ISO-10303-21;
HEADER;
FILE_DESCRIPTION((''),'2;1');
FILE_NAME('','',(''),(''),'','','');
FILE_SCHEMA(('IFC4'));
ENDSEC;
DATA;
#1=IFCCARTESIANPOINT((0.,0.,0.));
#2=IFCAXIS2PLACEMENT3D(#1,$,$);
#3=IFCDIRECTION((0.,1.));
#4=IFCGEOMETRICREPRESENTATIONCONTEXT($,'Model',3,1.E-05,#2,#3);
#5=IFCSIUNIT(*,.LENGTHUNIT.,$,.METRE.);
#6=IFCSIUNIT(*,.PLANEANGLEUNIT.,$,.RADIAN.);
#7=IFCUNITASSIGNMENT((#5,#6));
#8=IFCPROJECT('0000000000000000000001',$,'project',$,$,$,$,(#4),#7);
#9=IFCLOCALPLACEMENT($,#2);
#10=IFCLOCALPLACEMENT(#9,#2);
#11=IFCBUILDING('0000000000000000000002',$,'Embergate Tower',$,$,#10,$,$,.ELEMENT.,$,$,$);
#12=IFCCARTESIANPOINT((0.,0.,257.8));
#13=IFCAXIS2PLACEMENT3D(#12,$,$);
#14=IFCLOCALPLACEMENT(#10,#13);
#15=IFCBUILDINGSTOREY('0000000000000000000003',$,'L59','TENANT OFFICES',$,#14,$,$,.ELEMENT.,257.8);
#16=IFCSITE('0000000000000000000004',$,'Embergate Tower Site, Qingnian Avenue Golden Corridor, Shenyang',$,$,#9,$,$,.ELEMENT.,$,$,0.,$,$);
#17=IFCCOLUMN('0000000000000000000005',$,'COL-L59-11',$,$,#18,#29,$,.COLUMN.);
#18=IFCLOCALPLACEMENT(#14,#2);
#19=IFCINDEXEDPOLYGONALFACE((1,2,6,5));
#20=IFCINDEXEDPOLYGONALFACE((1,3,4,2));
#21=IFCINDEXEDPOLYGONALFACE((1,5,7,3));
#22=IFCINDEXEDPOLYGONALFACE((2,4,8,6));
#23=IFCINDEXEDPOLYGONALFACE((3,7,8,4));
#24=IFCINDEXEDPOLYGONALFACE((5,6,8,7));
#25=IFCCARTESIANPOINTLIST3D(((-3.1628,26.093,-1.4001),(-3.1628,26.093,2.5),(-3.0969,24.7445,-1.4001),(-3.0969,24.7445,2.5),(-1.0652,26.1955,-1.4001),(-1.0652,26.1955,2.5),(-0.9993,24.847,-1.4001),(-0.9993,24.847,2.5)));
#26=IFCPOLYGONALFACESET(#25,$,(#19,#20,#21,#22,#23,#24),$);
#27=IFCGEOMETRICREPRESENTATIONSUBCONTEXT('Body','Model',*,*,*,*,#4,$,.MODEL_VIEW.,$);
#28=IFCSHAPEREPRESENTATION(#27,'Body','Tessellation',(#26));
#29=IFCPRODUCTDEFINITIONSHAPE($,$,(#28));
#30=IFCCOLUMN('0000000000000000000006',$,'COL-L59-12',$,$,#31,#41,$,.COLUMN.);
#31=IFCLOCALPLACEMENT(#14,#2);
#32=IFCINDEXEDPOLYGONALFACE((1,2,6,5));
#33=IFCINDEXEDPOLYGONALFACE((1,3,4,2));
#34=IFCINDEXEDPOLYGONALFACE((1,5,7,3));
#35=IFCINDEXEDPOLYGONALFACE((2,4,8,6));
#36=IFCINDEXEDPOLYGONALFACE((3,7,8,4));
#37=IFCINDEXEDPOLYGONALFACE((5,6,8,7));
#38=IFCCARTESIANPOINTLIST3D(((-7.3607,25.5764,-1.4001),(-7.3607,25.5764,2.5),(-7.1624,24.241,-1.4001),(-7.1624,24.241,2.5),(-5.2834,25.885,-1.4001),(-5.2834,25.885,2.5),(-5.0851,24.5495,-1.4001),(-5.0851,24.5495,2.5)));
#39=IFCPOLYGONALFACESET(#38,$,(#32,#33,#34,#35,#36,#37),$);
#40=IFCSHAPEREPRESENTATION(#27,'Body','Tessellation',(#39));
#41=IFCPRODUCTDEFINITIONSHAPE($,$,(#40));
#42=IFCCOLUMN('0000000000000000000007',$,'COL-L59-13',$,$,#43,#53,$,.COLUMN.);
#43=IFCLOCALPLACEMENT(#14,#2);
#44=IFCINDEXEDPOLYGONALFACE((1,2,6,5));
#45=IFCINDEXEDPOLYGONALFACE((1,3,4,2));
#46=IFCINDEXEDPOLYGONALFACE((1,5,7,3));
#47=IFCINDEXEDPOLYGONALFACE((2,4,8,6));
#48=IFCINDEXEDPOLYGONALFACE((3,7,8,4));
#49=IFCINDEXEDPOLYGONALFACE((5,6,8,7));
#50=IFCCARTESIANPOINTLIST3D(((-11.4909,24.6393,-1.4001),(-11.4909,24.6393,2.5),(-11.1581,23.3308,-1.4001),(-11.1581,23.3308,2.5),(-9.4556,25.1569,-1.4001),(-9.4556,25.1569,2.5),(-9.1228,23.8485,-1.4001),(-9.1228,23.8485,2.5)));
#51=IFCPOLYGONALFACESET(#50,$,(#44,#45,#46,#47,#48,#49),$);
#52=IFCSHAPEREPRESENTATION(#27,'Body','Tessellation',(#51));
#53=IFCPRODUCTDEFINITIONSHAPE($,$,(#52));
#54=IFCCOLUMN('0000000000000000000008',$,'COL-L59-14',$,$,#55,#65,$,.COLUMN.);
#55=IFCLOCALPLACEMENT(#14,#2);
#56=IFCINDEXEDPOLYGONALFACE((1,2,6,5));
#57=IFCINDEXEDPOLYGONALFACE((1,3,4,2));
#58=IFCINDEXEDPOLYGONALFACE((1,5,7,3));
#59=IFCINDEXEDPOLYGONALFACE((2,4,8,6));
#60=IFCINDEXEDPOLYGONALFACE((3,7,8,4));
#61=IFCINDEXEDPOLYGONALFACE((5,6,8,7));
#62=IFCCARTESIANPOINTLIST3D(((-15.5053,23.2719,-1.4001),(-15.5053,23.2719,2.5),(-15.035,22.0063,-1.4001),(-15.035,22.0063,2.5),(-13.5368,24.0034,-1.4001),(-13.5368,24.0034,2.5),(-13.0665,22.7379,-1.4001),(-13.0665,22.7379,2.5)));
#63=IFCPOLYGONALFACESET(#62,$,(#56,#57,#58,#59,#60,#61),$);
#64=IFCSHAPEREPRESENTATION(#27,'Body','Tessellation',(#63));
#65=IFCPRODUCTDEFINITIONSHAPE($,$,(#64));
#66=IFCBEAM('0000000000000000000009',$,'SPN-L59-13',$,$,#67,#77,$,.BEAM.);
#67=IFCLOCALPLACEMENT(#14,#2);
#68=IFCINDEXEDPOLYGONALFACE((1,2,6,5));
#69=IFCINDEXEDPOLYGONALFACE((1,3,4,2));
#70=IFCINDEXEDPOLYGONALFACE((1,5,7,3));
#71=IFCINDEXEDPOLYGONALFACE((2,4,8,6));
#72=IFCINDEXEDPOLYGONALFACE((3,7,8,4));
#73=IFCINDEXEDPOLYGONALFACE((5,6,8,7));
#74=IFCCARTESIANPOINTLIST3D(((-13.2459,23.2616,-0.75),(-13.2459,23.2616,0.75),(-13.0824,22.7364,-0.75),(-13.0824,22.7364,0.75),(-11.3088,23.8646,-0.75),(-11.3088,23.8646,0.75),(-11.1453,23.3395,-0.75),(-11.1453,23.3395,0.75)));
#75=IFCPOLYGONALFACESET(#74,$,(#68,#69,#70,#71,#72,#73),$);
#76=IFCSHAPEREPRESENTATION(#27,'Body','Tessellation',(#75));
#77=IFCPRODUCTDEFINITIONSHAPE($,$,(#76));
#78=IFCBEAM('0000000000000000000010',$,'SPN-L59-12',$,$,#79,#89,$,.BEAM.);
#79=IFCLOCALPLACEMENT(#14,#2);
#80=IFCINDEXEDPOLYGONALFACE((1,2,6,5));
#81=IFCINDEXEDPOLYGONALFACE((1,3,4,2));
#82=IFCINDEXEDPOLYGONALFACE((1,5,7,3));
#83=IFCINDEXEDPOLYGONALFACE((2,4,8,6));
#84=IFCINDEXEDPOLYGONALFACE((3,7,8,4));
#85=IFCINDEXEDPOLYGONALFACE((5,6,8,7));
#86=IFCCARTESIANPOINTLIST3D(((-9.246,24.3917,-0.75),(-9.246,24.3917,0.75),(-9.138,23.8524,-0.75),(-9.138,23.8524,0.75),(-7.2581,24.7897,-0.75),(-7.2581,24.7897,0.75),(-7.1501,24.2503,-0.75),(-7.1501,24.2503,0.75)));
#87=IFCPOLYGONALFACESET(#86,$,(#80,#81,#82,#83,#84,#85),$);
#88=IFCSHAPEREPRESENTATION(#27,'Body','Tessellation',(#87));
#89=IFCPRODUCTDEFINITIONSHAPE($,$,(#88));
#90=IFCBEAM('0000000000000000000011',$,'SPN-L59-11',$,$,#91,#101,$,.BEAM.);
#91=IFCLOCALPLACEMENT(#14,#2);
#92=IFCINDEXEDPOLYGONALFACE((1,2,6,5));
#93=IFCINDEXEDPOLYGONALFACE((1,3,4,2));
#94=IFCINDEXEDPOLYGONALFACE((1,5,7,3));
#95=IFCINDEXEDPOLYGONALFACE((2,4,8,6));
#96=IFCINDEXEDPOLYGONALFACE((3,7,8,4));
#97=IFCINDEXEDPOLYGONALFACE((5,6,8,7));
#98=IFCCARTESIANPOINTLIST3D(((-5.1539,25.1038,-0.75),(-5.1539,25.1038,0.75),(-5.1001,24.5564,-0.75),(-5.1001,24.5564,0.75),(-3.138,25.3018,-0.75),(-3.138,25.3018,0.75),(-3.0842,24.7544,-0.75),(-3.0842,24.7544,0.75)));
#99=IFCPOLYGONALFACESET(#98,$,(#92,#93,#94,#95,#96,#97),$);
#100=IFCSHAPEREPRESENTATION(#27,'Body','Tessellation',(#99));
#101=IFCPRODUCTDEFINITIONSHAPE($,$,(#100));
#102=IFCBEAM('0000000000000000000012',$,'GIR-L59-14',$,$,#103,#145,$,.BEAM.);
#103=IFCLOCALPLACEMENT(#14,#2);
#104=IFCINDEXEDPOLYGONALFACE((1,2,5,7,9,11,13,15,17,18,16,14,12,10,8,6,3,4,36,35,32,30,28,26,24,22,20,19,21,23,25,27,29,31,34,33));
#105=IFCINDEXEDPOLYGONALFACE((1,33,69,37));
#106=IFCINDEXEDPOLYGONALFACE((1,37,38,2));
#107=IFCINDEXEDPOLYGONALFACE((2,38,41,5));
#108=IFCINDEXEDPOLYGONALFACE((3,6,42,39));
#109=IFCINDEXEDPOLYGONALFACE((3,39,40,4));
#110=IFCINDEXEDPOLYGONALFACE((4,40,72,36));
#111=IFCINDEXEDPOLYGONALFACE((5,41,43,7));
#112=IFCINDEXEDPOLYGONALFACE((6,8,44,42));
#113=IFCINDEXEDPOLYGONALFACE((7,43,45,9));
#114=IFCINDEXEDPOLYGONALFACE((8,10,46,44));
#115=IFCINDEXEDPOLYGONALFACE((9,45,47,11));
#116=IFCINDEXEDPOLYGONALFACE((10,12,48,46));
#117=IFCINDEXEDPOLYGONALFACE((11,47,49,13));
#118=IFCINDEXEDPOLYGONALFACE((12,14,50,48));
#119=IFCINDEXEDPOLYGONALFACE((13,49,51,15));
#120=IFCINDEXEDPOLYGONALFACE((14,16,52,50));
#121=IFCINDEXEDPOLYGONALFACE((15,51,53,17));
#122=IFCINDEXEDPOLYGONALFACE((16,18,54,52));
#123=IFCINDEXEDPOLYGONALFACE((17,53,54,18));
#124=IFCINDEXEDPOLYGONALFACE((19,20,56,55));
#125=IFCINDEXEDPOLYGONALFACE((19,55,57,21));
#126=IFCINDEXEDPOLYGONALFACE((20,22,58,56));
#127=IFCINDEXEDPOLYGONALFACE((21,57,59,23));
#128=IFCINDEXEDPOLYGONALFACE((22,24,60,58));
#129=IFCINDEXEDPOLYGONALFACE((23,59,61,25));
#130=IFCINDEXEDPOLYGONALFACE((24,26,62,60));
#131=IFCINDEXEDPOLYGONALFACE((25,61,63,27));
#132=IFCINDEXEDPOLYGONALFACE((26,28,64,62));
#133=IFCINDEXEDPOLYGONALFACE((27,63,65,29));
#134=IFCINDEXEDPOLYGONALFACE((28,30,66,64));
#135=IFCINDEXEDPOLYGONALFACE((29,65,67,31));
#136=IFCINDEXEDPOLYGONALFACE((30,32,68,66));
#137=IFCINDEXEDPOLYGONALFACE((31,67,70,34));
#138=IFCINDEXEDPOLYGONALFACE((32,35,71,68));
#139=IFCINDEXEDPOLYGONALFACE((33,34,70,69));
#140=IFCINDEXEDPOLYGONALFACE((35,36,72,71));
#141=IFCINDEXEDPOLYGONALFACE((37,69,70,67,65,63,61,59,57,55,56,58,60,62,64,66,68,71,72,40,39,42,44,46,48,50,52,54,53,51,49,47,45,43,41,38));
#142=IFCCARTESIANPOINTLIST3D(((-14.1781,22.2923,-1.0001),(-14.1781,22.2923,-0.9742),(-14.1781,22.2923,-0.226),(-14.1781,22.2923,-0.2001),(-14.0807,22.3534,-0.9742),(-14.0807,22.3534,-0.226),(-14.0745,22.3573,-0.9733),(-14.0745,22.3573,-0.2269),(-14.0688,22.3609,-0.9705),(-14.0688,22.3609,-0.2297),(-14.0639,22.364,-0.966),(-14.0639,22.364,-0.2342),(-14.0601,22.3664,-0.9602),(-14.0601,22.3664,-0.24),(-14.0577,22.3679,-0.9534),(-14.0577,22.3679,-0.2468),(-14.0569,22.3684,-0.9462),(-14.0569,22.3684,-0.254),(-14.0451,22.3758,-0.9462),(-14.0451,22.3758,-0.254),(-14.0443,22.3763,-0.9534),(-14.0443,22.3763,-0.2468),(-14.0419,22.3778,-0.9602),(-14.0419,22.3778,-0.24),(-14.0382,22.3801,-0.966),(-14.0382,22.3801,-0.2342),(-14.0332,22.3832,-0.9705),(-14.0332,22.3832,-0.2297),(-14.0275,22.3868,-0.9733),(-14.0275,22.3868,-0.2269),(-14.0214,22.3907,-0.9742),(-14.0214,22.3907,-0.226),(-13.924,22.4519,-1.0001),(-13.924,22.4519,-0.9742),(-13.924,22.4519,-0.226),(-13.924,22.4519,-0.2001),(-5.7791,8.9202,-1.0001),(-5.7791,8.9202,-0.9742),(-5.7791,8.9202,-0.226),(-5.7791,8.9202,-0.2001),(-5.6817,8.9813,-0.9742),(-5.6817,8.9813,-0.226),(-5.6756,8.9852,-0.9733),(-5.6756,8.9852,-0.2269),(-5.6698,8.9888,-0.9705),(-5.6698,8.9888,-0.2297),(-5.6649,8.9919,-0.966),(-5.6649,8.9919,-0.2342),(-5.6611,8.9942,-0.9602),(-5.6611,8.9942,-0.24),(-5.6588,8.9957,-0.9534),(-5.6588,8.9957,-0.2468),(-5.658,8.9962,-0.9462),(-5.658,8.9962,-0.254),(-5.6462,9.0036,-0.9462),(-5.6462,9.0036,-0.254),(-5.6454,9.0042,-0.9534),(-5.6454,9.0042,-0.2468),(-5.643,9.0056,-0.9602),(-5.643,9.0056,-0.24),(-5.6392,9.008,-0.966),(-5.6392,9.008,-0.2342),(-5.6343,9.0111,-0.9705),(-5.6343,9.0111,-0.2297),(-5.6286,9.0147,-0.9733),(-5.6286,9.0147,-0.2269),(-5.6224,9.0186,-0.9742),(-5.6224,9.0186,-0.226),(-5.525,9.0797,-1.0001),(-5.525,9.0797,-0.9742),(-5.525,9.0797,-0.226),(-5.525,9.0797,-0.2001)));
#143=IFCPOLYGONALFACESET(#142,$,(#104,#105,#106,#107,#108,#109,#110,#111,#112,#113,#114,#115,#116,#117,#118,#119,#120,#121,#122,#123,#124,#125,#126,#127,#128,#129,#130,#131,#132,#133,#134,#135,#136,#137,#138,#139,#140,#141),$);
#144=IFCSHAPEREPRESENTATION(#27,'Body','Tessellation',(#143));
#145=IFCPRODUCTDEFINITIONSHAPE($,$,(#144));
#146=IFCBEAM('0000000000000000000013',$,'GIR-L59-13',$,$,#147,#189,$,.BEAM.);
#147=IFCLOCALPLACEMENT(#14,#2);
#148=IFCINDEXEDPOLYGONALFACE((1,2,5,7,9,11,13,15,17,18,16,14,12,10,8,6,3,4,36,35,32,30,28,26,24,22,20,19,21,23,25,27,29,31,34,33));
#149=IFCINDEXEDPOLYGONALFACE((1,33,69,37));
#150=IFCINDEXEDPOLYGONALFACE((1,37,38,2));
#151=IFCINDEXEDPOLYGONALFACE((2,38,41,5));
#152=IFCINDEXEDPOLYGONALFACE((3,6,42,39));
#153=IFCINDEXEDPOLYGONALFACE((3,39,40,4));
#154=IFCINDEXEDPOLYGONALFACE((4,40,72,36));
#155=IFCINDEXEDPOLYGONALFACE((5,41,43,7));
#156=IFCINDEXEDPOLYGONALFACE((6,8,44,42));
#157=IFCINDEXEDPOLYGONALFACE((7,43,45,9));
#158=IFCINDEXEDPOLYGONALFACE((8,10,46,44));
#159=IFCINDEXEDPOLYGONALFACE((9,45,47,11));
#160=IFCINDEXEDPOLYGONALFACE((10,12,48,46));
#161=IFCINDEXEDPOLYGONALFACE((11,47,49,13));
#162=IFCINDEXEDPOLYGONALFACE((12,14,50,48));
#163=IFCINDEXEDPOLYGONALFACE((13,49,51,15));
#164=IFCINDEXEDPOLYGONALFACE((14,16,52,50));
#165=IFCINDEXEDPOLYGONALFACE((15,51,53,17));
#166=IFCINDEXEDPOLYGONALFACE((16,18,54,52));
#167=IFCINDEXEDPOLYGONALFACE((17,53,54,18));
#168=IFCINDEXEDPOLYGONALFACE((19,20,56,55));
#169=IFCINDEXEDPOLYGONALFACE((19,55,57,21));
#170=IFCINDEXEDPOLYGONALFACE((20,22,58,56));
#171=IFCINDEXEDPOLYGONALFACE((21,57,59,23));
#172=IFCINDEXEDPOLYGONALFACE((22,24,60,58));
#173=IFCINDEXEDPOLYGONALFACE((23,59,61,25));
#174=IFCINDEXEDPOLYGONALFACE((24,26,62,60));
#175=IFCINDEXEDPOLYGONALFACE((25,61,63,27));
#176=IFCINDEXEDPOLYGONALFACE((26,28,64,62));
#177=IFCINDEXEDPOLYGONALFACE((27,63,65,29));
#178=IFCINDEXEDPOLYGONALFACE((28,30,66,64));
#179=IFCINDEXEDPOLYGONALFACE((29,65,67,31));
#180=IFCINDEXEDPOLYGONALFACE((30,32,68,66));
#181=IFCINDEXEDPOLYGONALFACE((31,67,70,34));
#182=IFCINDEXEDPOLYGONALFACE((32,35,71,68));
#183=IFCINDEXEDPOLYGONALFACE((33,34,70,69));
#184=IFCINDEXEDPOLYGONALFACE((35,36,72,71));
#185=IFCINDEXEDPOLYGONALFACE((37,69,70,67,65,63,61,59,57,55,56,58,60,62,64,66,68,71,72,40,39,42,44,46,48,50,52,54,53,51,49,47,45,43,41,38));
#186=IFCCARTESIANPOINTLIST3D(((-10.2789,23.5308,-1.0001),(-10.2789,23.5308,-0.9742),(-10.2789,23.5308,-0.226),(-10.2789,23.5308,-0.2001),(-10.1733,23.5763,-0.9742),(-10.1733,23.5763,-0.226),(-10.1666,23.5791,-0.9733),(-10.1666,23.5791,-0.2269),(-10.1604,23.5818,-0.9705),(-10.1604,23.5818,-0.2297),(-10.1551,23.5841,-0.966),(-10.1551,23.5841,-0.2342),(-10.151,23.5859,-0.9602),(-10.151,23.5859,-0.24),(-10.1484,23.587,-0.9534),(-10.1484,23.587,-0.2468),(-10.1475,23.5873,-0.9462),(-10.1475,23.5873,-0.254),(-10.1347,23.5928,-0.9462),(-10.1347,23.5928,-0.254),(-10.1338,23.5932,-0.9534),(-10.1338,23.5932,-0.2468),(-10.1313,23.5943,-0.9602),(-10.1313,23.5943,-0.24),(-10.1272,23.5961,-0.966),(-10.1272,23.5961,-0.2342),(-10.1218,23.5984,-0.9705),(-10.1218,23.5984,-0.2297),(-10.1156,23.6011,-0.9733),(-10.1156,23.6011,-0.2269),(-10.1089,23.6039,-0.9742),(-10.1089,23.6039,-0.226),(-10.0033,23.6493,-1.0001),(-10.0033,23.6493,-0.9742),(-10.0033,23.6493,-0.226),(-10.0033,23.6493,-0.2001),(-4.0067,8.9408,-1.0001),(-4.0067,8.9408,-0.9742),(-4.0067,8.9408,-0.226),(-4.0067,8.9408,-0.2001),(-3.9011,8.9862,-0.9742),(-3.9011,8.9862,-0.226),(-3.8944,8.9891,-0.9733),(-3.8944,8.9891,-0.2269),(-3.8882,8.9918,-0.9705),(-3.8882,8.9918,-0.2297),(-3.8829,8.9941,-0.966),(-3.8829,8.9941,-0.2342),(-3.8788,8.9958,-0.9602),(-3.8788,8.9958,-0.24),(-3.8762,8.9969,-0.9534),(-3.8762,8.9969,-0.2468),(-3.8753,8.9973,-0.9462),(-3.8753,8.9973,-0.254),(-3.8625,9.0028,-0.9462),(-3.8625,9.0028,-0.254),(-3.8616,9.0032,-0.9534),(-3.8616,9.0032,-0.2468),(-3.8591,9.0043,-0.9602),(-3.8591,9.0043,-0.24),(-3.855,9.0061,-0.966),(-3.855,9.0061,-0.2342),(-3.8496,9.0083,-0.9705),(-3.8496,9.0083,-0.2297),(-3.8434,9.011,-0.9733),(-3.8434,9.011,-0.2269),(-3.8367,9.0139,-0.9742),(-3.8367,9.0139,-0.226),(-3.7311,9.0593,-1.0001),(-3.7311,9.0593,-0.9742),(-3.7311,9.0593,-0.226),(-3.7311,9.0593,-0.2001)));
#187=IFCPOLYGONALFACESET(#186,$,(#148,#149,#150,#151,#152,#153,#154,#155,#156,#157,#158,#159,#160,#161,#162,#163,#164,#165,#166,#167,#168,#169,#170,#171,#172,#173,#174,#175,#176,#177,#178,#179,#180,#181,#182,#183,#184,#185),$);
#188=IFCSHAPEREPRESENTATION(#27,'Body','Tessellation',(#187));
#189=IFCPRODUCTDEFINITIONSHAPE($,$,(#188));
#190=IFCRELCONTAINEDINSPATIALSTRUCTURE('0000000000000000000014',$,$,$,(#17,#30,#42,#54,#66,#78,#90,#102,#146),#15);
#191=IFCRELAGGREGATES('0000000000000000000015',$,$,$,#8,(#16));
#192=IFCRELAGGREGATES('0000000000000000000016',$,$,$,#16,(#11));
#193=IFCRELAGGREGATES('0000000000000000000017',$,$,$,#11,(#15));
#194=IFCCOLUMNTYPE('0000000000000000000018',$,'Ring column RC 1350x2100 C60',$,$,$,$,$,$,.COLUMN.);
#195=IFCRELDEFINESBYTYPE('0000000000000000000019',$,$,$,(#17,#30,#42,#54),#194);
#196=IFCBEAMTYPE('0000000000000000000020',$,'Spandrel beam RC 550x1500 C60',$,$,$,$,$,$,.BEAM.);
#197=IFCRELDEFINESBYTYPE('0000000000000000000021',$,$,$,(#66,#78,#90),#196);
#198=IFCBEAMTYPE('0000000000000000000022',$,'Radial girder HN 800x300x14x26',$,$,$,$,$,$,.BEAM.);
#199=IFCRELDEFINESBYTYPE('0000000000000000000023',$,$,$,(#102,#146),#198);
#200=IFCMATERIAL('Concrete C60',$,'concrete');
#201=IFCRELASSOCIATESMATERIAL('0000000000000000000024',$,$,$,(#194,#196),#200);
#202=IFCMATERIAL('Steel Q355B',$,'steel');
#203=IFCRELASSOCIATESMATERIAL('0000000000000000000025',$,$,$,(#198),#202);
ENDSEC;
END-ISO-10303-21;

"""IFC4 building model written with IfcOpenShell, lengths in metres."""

from ifc_helpers import new_model, si_unit, direction, frame, origin, origin_2d, place, context, subcontext, project, spatial, rectangle, i_section, extrude, source, transform, mapped, material, material_profile, profile_set, type_object, element, save


model = new_model("IFC4")

# Units and contexts
model_context = context("Model", 3, precision=1e-05, world=origin(), true_north=direction((0.0, 1.0)))
body_context = subcontext(model_context, "Body", "Model", "MODEL_VIEW")
ifc_project = project(units=[si_unit("LENGTHUNIT", "METRE"), si_unit("PLANEANGLEUNIT", "RADIAN")], contexts=[model_context])

# Site, building, storey
site_placement = place(None, origin())
site = spatial("IfcSite", under=ifc_project, at=site_placement, Name="Embergate Tower Site, Qingnian Avenue Golden Corridor, Shenyang", CompositionType="ELEMENT", RefElevation=0.0)
building_placement = place(site_placement, origin())
building = spatial("IfcBuilding", under=site, at=building_placement, Name="Embergate Tower", CompositionType="ELEMENT")
storey_placement = place(building_placement, frame((0.0, 0.0, 257.8)))
storey = spatial("IfcBuildingStorey", under=building, at=storey_placement, Name="L59", Description="TENANT OFFICES", CompositionType="ELEMENT", Elevation=257.8)

# Columns
ifc_material_1 = material(Name="Concrete C60", Category="concrete")
ifc_material_profile_1 = material_profile(ifc_material_1, rectangle(XDim=1.3501, YDim=2.1001, at=origin_2d()), Name="RC 1350x2100")
ifc_profile_set_1 = profile_set([ifc_material_profile_1], Name="Concrete C60")
column_type = type_object("IfcColumnType", Name="Ring column RC 1350x2100 C60", PredefinedType="COLUMN", material=ifc_profile_set_1)
shared_shape_1 = source(origin(), body_context, "Body", "SweptSolid", [
    extrude(rectangle(XDim=1.3501, YDim=2.1001, at=origin_2d()), origin(), (0.0, 0.0, 1.0), 3.9001),
])
for number, where, z_axis, x_axis, name in (
    (1, (-2.0811, 25.47, -1.4001), (0.0, 0.0, 1.0), (-0.048815, 0.998808, 0.0), "COL-L59-11"),
    (2, (-6.2229, 25.063, -1.4001), (0.0, 0.0, 1.0), (-0.146929, 0.989147, 0.0), "COL-L59-12"),
    (3, (-10.3069, 24.2439, -1.4001), (0.0, 0.0, 1.0), (-0.246492, 0.969145, 0.0), "COL-L59-13"),
    (4, (-14.2859, 23.0049, -1.4001), (0.0, 0.0, 1.0), (-0.348343, 0.937367, 0.0), "COL-L59-14"),
):
    element("IfcColumn", number, at=place(storey_placement, frame(where, z_axis=z_axis, x_axis=x_axis)), inside=storey, type_object=column_type, Name=name, PredefinedType="COLUMN", context=body_context, shape_type="MappedRepresentation", body=[
        mapped(shared_shape_1, transform((0.0, 0.0, 0.0))),
    ])

# Beams
ifc_material_profile_2 = material_profile(ifc_material_1, rectangle(XDim=0.55, YDim=1.5, at=origin_2d()), Name="RC 550x1500")
ifc_profile_set_2 = profile_set([ifc_material_profile_2], Name="Concrete C60")
beam_type_1 = type_object("IfcBeamType", Name="Spandrel beam RC 550x1500 C60", PredefinedType="BEAM", material=ifc_profile_set_2)
shared_shape_2 = source(origin(), body_context, "Body", "SweptSolid", [
    extrude(rectangle(XDim=0.55, YDim=1.5, at=origin_2d()), origin(), (0.0, 0.0, 1.0), 2.0288),
])
beam_1_placement = place(storey_placement, frame((-11.2271, 23.6021, 0.0), z_axis=(-0.954801, -0.297247, 0.0), x_axis=(0.297247, -0.954801, 0.0)))
element("IfcBeam", 5, at=beam_1_placement, inside=storey, type_object=beam_type_1, Name="SPN-L59-13", PredefinedType="BEAM", context=body_context, shape_type="MappedRepresentation", body=[
    mapped(shared_shape_2, transform((0.0, 0.0, 0.0))),
])
shared_shape_3 = source(origin(), body_context, "Body", "SweptSolid", [
    extrude(rectangle(XDim=0.55, YDim=1.5, at=origin_2d()), origin(), (0.0, 0.0, 1.0), 2.0273),
])
beam_2_placement = place(storey_placement, frame((-7.2041, 24.52, 0.0), z_axis=(-0.980544, -0.196301, 0.0), x_axis=(0.196301, -0.980544, 0.0)))
element("IfcBeam", 6, at=beam_2_placement, inside=storey, type_object=beam_type_1, Name="SPN-L59-12", PredefinedType="BEAM", context=body_context, shape_type="MappedRepresentation", body=[
    mapped(shared_shape_3, transform((0.0, 0.0, 0.0))),
])
shared_shape_4 = source(origin(), body_context, "Body", "SweptSolid", [
    extrude(rectangle(XDim=0.55, YDim=1.5, at=origin_2d()), origin(), (0.0, 0.0, 1.0), 2.0256),
])
beam_3_placement = place(storey_placement, frame((-3.1111, 25.0281, 0.0), z_axis=(-0.995211, -0.097749, 0.0), x_axis=(0.097749, -0.995211, 0.0)))
element("IfcBeam", 7, at=beam_3_placement, inside=storey, type_object=beam_type_1, Name="SPN-L59-11", PredefinedType="BEAM", context=body_context, shape_type="MappedRepresentation", body=[
    mapped(shared_shape_4, transform((0.0, 0.0, 0.0))),
])
ifc_material_2 = material(Name="Steel Q355B", Category="steel")
ifc_material_profile_3 = material_profile(ifc_material_2, i_section(OverallWidth=0.3, OverallDepth=0.8, WebThickness=0.0139, FlangeThickness=0.0259, FilletRadius=0.0281, at=origin_2d()), Name="HN 800x300x14x26")
ifc_profile_set_3 = profile_set([ifc_material_profile_3], Name="Steel Q355 grade B")
beam_type_2 = type_object("IfcBeamType", Name="Radial girder HN 800x300x14x26", PredefinedType="BEAM", material=ifc_profile_set_3)
shared_shape_5 = source(origin(), body_context, "Body", "SweptSolid", [
    extrude(i_section(OverallWidth=0.3, OverallDepth=0.8, WebThickness=0.0139, FlangeThickness=0.0259, FilletRadius=0.0281, at=origin_2d()), origin(), (0.0, 0.0, 1.0), 15.791),
])
beam_4_placement = place(storey_placement, frame((-14.051, 22.3721, -0.6001), z_axis=(0.531882, -0.846818, 0.0), x_axis=(0.846818, 0.531882, 0.0)))
element("IfcBeam", 8, at=beam_4_placement, inside=storey, type_object=beam_type_2, Name="GIR-L59-14", PredefinedType="BEAM", context=body_context, shape_type="MappedRepresentation", body=[
    mapped(shared_shape_5, transform((0.0, 0.0, 0.0))),
])
shared_shape_6 = source(origin(), body_context, "Body", "SweptSolid", [
    extrude(i_section(OverallWidth=0.3, OverallDepth=0.8, WebThickness=0.0139, FlangeThickness=0.0259, FilletRadius=0.0281, at=origin_2d()), origin(), (0.0, 0.0, 1.0), 15.8811),
])
beam_5_placement = place(storey_placement, frame((-10.1411, 23.5901, -0.6001), z_axis=(0.394947, -0.918704, 0.0), x_axis=(0.918704, 0.394947, 0.0)))
element("IfcBeam", 9, at=beam_5_placement, inside=storey, type_object=beam_type_2, Name="GIR-L59-13", PredefinedType="BEAM", context=body_context, shape_type="MappedRepresentation", body=[
    mapped(shared_shape_6, transform((0.0, 0.0, 0.0))),
])

save(model, "model.ifc")
